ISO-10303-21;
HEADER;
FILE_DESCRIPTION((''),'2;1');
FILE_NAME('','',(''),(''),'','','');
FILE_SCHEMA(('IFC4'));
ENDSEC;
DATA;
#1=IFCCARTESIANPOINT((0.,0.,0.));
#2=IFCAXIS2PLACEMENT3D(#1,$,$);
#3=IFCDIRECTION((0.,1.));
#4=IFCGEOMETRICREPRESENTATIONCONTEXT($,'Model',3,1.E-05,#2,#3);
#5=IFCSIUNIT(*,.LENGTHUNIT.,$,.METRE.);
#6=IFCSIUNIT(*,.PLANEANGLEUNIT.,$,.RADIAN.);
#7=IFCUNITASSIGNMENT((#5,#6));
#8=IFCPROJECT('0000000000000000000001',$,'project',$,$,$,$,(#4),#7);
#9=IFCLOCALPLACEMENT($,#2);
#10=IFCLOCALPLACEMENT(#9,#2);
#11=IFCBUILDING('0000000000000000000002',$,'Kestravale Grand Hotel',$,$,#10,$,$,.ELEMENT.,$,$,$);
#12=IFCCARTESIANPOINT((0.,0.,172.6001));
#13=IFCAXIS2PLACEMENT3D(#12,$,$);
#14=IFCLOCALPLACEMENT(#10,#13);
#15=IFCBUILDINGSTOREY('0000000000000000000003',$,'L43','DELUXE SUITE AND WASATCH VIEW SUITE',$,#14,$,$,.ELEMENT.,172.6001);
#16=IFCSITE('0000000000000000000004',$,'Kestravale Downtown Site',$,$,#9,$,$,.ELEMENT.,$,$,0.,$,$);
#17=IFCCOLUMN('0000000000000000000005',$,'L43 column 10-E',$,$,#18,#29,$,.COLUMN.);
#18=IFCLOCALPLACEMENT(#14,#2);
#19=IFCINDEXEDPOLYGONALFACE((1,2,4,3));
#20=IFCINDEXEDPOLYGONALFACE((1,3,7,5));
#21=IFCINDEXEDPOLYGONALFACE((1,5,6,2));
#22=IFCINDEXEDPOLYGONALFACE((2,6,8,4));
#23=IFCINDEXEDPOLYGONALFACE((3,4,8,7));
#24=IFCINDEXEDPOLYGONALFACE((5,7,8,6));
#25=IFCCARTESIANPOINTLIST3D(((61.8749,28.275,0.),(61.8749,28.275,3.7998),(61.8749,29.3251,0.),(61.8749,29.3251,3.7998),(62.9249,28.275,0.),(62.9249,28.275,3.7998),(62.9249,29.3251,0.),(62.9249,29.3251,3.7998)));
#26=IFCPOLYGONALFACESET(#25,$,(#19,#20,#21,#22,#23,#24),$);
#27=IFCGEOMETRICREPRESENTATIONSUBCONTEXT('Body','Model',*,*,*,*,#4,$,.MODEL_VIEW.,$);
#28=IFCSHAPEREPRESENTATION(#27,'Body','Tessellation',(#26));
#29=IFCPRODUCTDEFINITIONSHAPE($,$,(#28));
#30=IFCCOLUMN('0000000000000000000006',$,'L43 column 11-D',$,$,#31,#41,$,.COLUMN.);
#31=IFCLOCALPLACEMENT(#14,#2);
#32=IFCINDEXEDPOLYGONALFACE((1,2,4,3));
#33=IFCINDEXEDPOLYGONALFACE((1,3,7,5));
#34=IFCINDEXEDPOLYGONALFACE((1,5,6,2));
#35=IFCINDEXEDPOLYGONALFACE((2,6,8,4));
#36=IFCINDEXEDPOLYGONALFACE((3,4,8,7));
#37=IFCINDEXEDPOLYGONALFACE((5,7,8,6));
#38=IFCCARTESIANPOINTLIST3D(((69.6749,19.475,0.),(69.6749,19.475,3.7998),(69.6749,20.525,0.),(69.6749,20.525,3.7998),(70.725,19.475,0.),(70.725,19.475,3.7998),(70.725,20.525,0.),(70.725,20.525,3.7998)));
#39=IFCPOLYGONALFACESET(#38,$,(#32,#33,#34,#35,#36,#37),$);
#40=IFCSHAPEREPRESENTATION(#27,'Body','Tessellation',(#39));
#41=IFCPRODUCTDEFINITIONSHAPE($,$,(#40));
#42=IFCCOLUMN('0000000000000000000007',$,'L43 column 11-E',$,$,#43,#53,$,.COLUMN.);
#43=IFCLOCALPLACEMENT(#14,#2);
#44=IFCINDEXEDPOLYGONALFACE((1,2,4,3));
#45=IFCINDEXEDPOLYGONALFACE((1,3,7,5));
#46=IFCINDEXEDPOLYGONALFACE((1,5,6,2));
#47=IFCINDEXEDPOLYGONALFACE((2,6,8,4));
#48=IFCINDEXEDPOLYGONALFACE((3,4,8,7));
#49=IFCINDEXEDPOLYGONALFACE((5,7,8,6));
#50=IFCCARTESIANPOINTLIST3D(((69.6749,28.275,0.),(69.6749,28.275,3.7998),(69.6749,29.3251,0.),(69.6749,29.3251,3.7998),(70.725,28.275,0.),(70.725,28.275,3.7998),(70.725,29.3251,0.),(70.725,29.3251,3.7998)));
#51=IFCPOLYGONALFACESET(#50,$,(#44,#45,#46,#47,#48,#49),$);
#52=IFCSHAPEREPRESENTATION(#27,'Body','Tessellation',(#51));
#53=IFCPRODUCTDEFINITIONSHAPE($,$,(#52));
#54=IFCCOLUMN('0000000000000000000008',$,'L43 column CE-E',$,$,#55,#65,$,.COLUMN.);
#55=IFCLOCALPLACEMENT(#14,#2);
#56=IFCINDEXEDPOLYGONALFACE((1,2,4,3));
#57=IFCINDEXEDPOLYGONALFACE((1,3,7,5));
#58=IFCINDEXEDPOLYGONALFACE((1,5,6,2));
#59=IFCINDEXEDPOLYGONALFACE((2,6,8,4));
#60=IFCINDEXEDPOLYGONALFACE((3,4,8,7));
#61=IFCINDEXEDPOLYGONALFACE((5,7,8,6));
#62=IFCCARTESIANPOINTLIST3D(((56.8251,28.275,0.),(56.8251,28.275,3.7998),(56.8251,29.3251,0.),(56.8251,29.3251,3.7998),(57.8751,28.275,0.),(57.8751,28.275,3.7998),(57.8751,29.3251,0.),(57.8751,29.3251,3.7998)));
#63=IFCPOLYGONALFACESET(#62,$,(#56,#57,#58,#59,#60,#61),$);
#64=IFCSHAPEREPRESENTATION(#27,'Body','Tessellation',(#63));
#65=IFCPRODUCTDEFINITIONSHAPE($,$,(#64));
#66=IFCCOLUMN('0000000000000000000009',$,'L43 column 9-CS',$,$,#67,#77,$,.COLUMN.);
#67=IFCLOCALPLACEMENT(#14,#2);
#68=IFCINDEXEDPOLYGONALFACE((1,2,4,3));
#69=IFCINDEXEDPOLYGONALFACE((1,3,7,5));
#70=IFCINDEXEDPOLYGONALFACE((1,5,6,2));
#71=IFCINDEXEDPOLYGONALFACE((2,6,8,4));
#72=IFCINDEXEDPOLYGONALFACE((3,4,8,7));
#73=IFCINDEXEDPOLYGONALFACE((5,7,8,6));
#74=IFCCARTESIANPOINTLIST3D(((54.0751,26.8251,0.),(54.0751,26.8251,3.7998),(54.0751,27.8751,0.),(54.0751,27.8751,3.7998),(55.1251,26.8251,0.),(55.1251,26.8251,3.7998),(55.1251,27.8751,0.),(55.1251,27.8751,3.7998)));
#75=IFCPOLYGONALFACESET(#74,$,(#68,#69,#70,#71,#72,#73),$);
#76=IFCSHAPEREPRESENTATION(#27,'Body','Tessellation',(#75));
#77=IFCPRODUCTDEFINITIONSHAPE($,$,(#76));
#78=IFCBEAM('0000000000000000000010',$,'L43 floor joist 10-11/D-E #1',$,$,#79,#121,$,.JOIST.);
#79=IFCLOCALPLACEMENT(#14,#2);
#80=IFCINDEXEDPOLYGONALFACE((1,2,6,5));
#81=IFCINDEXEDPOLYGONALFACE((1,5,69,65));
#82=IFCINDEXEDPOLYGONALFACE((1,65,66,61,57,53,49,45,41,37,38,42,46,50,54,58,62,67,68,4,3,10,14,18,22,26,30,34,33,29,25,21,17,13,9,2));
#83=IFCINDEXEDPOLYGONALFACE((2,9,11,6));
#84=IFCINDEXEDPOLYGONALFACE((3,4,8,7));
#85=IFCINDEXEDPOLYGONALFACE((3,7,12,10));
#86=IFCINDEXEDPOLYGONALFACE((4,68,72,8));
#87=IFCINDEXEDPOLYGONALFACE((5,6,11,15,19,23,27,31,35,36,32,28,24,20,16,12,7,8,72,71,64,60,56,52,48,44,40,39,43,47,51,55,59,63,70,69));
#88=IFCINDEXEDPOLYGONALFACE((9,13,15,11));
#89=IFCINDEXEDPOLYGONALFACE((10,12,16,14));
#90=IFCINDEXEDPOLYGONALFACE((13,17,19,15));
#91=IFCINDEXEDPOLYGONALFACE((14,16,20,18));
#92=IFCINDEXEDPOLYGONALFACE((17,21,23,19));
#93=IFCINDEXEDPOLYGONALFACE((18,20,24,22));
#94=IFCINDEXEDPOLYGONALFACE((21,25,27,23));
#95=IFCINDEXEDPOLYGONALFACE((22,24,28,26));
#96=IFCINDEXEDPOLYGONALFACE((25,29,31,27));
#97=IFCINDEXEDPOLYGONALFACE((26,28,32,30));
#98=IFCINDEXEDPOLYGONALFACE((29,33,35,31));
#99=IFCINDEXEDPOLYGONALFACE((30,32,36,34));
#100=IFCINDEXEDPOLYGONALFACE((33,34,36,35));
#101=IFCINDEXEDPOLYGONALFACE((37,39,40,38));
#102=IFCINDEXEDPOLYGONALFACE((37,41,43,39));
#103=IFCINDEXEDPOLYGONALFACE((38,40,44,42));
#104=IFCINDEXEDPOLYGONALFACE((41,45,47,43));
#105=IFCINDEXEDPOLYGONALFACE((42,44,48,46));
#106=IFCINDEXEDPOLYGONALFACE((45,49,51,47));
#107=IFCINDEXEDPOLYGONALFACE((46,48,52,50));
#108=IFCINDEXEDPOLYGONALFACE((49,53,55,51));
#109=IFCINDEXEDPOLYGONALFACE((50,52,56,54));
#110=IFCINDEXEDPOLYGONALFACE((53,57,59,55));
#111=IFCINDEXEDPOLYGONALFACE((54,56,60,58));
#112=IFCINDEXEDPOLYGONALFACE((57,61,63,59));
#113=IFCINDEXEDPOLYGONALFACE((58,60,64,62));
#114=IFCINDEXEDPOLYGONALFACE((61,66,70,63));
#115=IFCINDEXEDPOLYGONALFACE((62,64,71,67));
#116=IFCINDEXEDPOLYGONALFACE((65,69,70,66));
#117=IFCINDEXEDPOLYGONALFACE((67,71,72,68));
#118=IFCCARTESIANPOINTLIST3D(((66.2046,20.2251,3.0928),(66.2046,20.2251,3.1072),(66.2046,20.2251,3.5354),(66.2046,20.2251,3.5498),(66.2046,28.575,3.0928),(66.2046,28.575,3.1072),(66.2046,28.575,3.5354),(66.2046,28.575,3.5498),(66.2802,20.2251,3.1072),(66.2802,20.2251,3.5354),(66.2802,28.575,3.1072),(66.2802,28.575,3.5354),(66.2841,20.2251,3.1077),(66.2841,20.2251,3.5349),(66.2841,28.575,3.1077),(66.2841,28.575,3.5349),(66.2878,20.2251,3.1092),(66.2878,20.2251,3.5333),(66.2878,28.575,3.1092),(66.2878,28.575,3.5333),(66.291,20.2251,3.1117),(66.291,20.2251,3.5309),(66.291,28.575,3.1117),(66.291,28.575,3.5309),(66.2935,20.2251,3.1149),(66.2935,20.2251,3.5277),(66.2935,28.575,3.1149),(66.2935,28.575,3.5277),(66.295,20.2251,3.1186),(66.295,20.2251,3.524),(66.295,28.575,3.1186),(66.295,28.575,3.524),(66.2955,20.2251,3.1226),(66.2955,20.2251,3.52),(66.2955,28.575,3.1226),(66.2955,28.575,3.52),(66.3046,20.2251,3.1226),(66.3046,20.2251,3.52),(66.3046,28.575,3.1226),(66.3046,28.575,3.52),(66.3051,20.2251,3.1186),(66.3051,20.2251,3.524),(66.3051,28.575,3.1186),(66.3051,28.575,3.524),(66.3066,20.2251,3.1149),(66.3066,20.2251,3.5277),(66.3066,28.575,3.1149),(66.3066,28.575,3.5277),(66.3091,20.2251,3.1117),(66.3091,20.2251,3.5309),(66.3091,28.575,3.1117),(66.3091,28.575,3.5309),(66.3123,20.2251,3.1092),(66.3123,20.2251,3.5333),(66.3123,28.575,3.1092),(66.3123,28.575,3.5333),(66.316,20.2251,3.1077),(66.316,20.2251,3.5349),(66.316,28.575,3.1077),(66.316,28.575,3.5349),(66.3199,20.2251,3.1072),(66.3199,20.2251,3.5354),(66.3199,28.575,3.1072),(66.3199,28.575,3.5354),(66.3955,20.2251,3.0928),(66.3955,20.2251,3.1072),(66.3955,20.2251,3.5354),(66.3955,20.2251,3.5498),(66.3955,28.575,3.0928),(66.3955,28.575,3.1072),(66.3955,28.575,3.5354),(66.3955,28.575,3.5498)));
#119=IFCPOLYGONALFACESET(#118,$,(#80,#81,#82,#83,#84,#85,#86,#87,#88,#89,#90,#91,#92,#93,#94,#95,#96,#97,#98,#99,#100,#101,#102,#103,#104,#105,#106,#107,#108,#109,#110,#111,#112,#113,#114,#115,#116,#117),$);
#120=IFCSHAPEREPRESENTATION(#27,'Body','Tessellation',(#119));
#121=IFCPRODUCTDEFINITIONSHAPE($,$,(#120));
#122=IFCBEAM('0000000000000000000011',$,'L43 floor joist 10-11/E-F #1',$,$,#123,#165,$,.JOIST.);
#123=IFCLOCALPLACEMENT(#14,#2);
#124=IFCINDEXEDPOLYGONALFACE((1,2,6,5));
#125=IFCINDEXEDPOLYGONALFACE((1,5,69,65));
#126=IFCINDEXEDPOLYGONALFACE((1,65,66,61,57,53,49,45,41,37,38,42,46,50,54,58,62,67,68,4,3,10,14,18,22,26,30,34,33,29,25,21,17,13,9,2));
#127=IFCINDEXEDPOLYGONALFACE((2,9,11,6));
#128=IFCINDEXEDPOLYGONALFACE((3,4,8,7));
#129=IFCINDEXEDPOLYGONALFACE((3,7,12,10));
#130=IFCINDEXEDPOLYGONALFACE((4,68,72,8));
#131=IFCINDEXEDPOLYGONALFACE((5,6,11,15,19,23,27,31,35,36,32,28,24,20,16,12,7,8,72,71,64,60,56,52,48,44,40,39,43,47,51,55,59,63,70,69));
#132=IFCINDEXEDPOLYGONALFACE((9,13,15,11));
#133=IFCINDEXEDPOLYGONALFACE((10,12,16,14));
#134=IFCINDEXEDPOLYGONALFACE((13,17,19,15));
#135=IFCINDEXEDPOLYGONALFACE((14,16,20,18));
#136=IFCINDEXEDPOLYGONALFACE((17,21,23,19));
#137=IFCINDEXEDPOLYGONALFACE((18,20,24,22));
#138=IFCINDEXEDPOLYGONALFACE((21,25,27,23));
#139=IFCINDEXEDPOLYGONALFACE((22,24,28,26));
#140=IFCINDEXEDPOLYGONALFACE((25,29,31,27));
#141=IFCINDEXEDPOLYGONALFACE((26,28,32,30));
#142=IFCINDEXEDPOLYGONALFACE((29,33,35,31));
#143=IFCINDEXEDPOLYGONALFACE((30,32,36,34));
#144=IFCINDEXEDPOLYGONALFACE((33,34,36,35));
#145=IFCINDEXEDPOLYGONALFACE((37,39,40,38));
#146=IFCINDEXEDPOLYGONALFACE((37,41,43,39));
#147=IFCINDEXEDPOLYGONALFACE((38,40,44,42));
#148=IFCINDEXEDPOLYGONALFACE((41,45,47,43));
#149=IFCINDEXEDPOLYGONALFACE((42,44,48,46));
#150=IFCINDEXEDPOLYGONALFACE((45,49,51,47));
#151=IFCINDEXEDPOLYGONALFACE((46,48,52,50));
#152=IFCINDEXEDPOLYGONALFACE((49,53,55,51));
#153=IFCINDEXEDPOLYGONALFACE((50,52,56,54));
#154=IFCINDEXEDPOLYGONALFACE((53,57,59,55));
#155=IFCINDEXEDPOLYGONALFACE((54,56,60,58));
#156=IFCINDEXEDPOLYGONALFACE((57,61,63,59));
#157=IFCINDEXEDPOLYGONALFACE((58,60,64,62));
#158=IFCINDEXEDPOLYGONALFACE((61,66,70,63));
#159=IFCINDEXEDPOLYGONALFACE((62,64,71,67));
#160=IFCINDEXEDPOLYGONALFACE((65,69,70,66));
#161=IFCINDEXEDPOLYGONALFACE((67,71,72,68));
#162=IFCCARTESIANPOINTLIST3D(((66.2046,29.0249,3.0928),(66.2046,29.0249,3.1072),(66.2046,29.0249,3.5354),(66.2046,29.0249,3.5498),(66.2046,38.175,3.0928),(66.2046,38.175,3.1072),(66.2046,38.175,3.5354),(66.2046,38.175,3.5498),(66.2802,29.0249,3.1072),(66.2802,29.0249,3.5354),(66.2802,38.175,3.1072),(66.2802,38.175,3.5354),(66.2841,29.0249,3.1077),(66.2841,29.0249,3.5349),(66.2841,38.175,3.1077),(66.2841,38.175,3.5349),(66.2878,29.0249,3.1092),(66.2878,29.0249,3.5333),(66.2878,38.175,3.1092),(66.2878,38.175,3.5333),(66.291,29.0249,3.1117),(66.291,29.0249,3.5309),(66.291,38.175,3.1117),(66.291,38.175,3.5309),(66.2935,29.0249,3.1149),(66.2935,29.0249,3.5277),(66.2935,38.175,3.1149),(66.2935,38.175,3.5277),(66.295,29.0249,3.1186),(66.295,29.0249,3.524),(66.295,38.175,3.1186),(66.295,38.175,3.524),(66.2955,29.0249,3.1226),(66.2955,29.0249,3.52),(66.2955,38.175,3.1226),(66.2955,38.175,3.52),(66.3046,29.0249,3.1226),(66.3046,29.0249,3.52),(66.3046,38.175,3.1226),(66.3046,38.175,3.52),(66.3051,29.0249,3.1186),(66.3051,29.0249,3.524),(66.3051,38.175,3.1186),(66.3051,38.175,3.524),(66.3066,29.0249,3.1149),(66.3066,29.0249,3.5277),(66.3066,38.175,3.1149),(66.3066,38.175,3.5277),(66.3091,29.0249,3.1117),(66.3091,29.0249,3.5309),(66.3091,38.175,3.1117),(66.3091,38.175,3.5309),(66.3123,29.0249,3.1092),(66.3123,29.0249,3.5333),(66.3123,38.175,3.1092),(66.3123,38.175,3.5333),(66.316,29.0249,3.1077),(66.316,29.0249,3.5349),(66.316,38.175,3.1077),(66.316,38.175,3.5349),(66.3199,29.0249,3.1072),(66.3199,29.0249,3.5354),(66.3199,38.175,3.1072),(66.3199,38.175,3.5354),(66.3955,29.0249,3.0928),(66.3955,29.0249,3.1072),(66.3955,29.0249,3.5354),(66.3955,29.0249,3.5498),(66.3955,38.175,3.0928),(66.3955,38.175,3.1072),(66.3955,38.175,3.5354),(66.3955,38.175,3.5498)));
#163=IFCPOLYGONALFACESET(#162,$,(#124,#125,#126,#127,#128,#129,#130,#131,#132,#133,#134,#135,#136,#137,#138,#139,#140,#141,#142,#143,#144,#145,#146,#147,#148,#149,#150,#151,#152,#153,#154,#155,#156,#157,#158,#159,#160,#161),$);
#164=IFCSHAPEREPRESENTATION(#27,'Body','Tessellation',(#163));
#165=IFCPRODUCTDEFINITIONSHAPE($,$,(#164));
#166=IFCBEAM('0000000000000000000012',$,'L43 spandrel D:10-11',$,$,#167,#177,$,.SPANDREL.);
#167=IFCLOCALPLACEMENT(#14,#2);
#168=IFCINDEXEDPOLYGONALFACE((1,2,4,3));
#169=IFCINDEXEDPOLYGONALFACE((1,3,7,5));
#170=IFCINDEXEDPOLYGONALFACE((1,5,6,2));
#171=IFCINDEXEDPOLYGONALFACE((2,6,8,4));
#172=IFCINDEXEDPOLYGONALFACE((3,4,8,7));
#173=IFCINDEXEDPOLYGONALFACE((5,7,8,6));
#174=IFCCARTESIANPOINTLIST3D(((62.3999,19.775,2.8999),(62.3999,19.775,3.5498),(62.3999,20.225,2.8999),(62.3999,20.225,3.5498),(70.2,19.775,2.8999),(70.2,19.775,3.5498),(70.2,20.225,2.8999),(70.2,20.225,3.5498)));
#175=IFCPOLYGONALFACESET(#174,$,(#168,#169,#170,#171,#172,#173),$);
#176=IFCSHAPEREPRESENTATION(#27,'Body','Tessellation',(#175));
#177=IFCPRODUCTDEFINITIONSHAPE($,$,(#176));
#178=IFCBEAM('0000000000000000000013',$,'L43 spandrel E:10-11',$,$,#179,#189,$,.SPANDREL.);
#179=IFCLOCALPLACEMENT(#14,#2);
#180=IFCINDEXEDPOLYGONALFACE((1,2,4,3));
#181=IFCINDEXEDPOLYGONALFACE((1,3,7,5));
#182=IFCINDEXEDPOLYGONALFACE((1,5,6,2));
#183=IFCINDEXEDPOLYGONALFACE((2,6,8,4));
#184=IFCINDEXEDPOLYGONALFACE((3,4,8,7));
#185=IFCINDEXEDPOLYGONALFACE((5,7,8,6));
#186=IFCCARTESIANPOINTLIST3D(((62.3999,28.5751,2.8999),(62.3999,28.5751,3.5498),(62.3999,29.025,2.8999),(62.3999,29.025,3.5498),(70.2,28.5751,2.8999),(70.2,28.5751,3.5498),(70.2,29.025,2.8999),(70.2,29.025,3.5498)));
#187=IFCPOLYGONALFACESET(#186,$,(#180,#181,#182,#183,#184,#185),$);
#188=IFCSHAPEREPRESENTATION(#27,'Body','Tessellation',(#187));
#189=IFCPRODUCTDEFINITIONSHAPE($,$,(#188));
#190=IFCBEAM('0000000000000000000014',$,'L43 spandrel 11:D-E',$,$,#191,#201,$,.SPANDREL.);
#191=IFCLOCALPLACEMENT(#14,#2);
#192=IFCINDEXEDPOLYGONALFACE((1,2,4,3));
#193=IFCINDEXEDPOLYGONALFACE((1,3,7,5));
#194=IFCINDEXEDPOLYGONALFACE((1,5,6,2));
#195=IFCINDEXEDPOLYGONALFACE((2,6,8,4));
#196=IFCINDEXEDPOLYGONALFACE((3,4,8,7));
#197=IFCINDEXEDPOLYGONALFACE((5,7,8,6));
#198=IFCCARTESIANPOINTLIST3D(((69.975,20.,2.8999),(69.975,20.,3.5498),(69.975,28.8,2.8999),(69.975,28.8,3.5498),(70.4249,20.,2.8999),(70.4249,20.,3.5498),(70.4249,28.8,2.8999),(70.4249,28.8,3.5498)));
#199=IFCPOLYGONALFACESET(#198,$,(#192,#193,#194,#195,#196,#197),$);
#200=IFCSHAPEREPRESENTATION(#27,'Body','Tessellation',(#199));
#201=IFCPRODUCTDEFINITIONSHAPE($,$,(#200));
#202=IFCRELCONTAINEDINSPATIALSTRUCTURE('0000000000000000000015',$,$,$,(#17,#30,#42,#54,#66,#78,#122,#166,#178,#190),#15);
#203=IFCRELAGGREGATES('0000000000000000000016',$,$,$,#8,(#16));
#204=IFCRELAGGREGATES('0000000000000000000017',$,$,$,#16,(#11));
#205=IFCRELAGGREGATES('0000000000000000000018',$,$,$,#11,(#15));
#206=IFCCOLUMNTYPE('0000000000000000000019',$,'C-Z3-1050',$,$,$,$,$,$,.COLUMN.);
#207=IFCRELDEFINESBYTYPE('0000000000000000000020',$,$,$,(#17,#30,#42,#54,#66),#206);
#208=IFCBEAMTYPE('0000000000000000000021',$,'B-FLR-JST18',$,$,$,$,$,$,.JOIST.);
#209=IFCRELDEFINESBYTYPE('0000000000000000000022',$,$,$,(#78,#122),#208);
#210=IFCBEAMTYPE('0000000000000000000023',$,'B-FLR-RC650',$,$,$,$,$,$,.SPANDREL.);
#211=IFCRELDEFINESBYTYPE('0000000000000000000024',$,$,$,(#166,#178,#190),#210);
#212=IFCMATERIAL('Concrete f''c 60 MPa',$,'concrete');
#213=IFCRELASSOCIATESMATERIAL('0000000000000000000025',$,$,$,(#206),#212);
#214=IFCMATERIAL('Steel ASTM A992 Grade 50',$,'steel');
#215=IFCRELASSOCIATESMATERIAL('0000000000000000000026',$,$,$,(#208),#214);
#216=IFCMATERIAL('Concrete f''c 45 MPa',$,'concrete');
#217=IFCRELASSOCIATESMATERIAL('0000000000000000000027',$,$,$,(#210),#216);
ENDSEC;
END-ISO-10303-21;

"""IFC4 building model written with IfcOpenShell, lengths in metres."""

from ifc_helpers import new_model, si_unit, direction, frame, origin, origin_2d, place, context, subcontext, project, spatial, rectangle, i_section, extrude, material, material_profile, profile_set, type_object, element, save


model = new_model("IFC4")

# Units and contexts
model_context = context("Model", 3, precision=1e-05, world=origin(), true_north=direction((0.0, 1.0)))
body_context = subcontext(model_context, "Body", "Model", "MODEL_VIEW")
ifc_project = project(units=[si_unit("LENGTHUNIT", "METRE"), si_unit("PLANEANGLEUNIT", "RADIAN")], contexts=[model_context])

# Site, building, storey
site_placement = place(None, origin())
site = spatial("IfcSite", under=ifc_project, at=site_placement, Name="Kestravale Downtown Site", CompositionType="ELEMENT", RefElevation=0.0)
building_placement = place(site_placement, origin())
building = spatial("IfcBuilding", under=site, at=building_placement, Name="Kestravale Grand Hotel", CompositionType="ELEMENT")
storey_placement = place(building_placement, frame((0.0, 0.0, 172.6001)))
storey = spatial("IfcBuildingStorey", under=building, at=storey_placement, Name="L43", Description="DELUXE SUITE AND WASATCH VIEW SUITE", CompositionType="ELEMENT", Elevation=172.6001)

# Columns
ifc_material_1 = material(Name="Concrete f'c 60 MPa", Category="concrete")
ifc_material_profile_1 = material_profile(ifc_material_1, rectangle(XDim=1.05, YDim=1.05, at=origin_2d()))
ifc_profile_set_1 = profile_set([ifc_material_profile_1], Name="Concrete f'c 60 MPa")
column_type = type_object("IfcColumnType", Name="C-Z3-1050", PredefinedType="COLUMN", material=ifc_profile_set_1)
for number, where, z_axis, x_axis, name in (
    (1, (62.3999, 28.8, 0.0), (0.0, 0.0, 1.0), (1.0, 0.0, 0.0), "L43 column 10-E"),
    (2, (70.2, 20.0, 0.0), (0.0, 0.0, 1.0), (1.0, 0.0, 0.0), "L43 column 11-D"),
    (3, (70.2, 28.8, 0.0), (0.0, 0.0, 1.0), (1.0, 0.0, 0.0), "L43 column 11-E"),
    (4, (57.3501, 28.8, 0.0), (0.0, 0.0, 1.0), (1.0, 0.0, 0.0), "L43 column CE-E"),
    (5, (54.6001, 27.3501, 0.0), (0.0, 0.0, 1.0), (1.0, 0.0, 0.0), "L43 column 9-CS"),
):
    element("IfcColumn", number, at=place(storey_placement, frame(where, z_axis=z_axis, x_axis=x_axis)), inside=storey, type_object=column_type, Name=name, PredefinedType="COLUMN", context=body_context, shape_type="SweptSolid", body=[
        extrude(rectangle(XDim=1.05, YDim=1.05, at=origin_2d()), origin(), (0.0, 0.0, 1.0), 3.7998),
    ])

# Beams
ifc_material_2 = material(Name="Steel ASTM A992 Grade 50", Category="steel")
ifc_material_profile_2 = material_profile(ifc_material_2, i_section(OverallWidth=0.1909, OverallDepth=0.457, WebThickness=0.009, FlangeThickness=0.0144, FilletRadius=0.0154, at=origin_2d()))
ifc_profile_set_2 = profile_set([ifc_material_profile_2], Name="Steel ASTM A992 Grade 50")
beam_type_1 = type_object("IfcBeamType", Name="B-FLR-JST18", PredefinedType="JOIST", material=ifc_profile_set_2)
beam_1_placement = place(storey_placement, frame((66.3, 20.2251, 3.3213), z_axis=(0.0, 1.0, 0.0), x_axis=(-1.0, 0.0, 0.0)))
element("IfcBeam", 6, at=beam_1_placement, inside=storey, type_object=beam_type_1, Name="L43 floor joist 10-11/D-E #1", PredefinedType="JOIST", context=body_context, shape_type="SweptSolid", body=[
    extrude(i_section(OverallWidth=0.1909, OverallDepth=0.457, WebThickness=0.009, FlangeThickness=0.0144, FilletRadius=0.0154, at=origin_2d()), origin(), (0.0, 0.0, 1.0), 8.3499),
])
beam_2_placement = place(storey_placement, frame((66.3, 29.0249, 3.3213), z_axis=(0.0, 1.0, 0.0), x_axis=(-1.0, 0.0, 0.0)))
element("IfcBeam", 7, at=beam_2_placement, inside=storey, type_object=beam_type_1, Name="L43 floor joist 10-11/E-F #1", PredefinedType="JOIST", context=body_context, shape_type="SweptSolid", body=[
    extrude(i_section(OverallWidth=0.1909, OverallDepth=0.457, WebThickness=0.009, FlangeThickness=0.0144, FilletRadius=0.0154, at=origin_2d()), origin(), (0.0, 0.0, 1.0), 9.1501),
])
ifc_material_3 = material(Name="Concrete f'c 45 MPa", Category="concrete")
ifc_material_profile_3 = material_profile(ifc_material_3, rectangle(XDim=0.45, YDim=0.6499, at=origin_2d()))
ifc_profile_set_3 = profile_set([ifc_material_profile_3], Name="Concrete f'c 45 MPa")
beam_type_2 = type_object("IfcBeamType", Name="B-FLR-RC650", PredefinedType="SPANDREL", material=ifc_profile_set_3)
for number, where, z_axis, x_axis, name in (
    (8, (62.3999, 20.0, 3.2249), (1.0, 0.0, 0.0), (0.0, 1.0, 0.0), "L43 spandrel D:10-11"),
    (9, (62.3999, 28.8, 3.2249), (1.0, 0.0, 0.0), (0.0, 1.0, 0.0), "L43 spandrel E:10-11"),
):
    element("IfcBeam", number, at=place(storey_placement, frame(where, z_axis=z_axis, x_axis=x_axis)), inside=storey, type_object=beam_type_2, Name=name, PredefinedType="SPANDREL", context=body_context, shape_type="SweptSolid", body=[
        extrude(rectangle(XDim=0.45, YDim=0.6499, at=origin_2d()), origin(), (0.0, 0.0, 1.0), 7.8),
    ])
beam_3_placement = place(storey_placement, frame((70.2, 20.0, 3.2249), z_axis=(0.0, 1.0, 0.0), x_axis=(-1.0, 0.0, 0.0)))
element("IfcBeam", 10, at=beam_3_placement, inside=storey, type_object=beam_type_2, Name="L43 spandrel 11:D-E", PredefinedType="SPANDREL", context=body_context, shape_type="SweptSolid", body=[
    extrude(rectangle(XDim=0.45, YDim=0.6499, at=origin_2d()), origin(), (0.0, 0.0, 1.0), 8.8),
])

save(model, "model.ifc")
